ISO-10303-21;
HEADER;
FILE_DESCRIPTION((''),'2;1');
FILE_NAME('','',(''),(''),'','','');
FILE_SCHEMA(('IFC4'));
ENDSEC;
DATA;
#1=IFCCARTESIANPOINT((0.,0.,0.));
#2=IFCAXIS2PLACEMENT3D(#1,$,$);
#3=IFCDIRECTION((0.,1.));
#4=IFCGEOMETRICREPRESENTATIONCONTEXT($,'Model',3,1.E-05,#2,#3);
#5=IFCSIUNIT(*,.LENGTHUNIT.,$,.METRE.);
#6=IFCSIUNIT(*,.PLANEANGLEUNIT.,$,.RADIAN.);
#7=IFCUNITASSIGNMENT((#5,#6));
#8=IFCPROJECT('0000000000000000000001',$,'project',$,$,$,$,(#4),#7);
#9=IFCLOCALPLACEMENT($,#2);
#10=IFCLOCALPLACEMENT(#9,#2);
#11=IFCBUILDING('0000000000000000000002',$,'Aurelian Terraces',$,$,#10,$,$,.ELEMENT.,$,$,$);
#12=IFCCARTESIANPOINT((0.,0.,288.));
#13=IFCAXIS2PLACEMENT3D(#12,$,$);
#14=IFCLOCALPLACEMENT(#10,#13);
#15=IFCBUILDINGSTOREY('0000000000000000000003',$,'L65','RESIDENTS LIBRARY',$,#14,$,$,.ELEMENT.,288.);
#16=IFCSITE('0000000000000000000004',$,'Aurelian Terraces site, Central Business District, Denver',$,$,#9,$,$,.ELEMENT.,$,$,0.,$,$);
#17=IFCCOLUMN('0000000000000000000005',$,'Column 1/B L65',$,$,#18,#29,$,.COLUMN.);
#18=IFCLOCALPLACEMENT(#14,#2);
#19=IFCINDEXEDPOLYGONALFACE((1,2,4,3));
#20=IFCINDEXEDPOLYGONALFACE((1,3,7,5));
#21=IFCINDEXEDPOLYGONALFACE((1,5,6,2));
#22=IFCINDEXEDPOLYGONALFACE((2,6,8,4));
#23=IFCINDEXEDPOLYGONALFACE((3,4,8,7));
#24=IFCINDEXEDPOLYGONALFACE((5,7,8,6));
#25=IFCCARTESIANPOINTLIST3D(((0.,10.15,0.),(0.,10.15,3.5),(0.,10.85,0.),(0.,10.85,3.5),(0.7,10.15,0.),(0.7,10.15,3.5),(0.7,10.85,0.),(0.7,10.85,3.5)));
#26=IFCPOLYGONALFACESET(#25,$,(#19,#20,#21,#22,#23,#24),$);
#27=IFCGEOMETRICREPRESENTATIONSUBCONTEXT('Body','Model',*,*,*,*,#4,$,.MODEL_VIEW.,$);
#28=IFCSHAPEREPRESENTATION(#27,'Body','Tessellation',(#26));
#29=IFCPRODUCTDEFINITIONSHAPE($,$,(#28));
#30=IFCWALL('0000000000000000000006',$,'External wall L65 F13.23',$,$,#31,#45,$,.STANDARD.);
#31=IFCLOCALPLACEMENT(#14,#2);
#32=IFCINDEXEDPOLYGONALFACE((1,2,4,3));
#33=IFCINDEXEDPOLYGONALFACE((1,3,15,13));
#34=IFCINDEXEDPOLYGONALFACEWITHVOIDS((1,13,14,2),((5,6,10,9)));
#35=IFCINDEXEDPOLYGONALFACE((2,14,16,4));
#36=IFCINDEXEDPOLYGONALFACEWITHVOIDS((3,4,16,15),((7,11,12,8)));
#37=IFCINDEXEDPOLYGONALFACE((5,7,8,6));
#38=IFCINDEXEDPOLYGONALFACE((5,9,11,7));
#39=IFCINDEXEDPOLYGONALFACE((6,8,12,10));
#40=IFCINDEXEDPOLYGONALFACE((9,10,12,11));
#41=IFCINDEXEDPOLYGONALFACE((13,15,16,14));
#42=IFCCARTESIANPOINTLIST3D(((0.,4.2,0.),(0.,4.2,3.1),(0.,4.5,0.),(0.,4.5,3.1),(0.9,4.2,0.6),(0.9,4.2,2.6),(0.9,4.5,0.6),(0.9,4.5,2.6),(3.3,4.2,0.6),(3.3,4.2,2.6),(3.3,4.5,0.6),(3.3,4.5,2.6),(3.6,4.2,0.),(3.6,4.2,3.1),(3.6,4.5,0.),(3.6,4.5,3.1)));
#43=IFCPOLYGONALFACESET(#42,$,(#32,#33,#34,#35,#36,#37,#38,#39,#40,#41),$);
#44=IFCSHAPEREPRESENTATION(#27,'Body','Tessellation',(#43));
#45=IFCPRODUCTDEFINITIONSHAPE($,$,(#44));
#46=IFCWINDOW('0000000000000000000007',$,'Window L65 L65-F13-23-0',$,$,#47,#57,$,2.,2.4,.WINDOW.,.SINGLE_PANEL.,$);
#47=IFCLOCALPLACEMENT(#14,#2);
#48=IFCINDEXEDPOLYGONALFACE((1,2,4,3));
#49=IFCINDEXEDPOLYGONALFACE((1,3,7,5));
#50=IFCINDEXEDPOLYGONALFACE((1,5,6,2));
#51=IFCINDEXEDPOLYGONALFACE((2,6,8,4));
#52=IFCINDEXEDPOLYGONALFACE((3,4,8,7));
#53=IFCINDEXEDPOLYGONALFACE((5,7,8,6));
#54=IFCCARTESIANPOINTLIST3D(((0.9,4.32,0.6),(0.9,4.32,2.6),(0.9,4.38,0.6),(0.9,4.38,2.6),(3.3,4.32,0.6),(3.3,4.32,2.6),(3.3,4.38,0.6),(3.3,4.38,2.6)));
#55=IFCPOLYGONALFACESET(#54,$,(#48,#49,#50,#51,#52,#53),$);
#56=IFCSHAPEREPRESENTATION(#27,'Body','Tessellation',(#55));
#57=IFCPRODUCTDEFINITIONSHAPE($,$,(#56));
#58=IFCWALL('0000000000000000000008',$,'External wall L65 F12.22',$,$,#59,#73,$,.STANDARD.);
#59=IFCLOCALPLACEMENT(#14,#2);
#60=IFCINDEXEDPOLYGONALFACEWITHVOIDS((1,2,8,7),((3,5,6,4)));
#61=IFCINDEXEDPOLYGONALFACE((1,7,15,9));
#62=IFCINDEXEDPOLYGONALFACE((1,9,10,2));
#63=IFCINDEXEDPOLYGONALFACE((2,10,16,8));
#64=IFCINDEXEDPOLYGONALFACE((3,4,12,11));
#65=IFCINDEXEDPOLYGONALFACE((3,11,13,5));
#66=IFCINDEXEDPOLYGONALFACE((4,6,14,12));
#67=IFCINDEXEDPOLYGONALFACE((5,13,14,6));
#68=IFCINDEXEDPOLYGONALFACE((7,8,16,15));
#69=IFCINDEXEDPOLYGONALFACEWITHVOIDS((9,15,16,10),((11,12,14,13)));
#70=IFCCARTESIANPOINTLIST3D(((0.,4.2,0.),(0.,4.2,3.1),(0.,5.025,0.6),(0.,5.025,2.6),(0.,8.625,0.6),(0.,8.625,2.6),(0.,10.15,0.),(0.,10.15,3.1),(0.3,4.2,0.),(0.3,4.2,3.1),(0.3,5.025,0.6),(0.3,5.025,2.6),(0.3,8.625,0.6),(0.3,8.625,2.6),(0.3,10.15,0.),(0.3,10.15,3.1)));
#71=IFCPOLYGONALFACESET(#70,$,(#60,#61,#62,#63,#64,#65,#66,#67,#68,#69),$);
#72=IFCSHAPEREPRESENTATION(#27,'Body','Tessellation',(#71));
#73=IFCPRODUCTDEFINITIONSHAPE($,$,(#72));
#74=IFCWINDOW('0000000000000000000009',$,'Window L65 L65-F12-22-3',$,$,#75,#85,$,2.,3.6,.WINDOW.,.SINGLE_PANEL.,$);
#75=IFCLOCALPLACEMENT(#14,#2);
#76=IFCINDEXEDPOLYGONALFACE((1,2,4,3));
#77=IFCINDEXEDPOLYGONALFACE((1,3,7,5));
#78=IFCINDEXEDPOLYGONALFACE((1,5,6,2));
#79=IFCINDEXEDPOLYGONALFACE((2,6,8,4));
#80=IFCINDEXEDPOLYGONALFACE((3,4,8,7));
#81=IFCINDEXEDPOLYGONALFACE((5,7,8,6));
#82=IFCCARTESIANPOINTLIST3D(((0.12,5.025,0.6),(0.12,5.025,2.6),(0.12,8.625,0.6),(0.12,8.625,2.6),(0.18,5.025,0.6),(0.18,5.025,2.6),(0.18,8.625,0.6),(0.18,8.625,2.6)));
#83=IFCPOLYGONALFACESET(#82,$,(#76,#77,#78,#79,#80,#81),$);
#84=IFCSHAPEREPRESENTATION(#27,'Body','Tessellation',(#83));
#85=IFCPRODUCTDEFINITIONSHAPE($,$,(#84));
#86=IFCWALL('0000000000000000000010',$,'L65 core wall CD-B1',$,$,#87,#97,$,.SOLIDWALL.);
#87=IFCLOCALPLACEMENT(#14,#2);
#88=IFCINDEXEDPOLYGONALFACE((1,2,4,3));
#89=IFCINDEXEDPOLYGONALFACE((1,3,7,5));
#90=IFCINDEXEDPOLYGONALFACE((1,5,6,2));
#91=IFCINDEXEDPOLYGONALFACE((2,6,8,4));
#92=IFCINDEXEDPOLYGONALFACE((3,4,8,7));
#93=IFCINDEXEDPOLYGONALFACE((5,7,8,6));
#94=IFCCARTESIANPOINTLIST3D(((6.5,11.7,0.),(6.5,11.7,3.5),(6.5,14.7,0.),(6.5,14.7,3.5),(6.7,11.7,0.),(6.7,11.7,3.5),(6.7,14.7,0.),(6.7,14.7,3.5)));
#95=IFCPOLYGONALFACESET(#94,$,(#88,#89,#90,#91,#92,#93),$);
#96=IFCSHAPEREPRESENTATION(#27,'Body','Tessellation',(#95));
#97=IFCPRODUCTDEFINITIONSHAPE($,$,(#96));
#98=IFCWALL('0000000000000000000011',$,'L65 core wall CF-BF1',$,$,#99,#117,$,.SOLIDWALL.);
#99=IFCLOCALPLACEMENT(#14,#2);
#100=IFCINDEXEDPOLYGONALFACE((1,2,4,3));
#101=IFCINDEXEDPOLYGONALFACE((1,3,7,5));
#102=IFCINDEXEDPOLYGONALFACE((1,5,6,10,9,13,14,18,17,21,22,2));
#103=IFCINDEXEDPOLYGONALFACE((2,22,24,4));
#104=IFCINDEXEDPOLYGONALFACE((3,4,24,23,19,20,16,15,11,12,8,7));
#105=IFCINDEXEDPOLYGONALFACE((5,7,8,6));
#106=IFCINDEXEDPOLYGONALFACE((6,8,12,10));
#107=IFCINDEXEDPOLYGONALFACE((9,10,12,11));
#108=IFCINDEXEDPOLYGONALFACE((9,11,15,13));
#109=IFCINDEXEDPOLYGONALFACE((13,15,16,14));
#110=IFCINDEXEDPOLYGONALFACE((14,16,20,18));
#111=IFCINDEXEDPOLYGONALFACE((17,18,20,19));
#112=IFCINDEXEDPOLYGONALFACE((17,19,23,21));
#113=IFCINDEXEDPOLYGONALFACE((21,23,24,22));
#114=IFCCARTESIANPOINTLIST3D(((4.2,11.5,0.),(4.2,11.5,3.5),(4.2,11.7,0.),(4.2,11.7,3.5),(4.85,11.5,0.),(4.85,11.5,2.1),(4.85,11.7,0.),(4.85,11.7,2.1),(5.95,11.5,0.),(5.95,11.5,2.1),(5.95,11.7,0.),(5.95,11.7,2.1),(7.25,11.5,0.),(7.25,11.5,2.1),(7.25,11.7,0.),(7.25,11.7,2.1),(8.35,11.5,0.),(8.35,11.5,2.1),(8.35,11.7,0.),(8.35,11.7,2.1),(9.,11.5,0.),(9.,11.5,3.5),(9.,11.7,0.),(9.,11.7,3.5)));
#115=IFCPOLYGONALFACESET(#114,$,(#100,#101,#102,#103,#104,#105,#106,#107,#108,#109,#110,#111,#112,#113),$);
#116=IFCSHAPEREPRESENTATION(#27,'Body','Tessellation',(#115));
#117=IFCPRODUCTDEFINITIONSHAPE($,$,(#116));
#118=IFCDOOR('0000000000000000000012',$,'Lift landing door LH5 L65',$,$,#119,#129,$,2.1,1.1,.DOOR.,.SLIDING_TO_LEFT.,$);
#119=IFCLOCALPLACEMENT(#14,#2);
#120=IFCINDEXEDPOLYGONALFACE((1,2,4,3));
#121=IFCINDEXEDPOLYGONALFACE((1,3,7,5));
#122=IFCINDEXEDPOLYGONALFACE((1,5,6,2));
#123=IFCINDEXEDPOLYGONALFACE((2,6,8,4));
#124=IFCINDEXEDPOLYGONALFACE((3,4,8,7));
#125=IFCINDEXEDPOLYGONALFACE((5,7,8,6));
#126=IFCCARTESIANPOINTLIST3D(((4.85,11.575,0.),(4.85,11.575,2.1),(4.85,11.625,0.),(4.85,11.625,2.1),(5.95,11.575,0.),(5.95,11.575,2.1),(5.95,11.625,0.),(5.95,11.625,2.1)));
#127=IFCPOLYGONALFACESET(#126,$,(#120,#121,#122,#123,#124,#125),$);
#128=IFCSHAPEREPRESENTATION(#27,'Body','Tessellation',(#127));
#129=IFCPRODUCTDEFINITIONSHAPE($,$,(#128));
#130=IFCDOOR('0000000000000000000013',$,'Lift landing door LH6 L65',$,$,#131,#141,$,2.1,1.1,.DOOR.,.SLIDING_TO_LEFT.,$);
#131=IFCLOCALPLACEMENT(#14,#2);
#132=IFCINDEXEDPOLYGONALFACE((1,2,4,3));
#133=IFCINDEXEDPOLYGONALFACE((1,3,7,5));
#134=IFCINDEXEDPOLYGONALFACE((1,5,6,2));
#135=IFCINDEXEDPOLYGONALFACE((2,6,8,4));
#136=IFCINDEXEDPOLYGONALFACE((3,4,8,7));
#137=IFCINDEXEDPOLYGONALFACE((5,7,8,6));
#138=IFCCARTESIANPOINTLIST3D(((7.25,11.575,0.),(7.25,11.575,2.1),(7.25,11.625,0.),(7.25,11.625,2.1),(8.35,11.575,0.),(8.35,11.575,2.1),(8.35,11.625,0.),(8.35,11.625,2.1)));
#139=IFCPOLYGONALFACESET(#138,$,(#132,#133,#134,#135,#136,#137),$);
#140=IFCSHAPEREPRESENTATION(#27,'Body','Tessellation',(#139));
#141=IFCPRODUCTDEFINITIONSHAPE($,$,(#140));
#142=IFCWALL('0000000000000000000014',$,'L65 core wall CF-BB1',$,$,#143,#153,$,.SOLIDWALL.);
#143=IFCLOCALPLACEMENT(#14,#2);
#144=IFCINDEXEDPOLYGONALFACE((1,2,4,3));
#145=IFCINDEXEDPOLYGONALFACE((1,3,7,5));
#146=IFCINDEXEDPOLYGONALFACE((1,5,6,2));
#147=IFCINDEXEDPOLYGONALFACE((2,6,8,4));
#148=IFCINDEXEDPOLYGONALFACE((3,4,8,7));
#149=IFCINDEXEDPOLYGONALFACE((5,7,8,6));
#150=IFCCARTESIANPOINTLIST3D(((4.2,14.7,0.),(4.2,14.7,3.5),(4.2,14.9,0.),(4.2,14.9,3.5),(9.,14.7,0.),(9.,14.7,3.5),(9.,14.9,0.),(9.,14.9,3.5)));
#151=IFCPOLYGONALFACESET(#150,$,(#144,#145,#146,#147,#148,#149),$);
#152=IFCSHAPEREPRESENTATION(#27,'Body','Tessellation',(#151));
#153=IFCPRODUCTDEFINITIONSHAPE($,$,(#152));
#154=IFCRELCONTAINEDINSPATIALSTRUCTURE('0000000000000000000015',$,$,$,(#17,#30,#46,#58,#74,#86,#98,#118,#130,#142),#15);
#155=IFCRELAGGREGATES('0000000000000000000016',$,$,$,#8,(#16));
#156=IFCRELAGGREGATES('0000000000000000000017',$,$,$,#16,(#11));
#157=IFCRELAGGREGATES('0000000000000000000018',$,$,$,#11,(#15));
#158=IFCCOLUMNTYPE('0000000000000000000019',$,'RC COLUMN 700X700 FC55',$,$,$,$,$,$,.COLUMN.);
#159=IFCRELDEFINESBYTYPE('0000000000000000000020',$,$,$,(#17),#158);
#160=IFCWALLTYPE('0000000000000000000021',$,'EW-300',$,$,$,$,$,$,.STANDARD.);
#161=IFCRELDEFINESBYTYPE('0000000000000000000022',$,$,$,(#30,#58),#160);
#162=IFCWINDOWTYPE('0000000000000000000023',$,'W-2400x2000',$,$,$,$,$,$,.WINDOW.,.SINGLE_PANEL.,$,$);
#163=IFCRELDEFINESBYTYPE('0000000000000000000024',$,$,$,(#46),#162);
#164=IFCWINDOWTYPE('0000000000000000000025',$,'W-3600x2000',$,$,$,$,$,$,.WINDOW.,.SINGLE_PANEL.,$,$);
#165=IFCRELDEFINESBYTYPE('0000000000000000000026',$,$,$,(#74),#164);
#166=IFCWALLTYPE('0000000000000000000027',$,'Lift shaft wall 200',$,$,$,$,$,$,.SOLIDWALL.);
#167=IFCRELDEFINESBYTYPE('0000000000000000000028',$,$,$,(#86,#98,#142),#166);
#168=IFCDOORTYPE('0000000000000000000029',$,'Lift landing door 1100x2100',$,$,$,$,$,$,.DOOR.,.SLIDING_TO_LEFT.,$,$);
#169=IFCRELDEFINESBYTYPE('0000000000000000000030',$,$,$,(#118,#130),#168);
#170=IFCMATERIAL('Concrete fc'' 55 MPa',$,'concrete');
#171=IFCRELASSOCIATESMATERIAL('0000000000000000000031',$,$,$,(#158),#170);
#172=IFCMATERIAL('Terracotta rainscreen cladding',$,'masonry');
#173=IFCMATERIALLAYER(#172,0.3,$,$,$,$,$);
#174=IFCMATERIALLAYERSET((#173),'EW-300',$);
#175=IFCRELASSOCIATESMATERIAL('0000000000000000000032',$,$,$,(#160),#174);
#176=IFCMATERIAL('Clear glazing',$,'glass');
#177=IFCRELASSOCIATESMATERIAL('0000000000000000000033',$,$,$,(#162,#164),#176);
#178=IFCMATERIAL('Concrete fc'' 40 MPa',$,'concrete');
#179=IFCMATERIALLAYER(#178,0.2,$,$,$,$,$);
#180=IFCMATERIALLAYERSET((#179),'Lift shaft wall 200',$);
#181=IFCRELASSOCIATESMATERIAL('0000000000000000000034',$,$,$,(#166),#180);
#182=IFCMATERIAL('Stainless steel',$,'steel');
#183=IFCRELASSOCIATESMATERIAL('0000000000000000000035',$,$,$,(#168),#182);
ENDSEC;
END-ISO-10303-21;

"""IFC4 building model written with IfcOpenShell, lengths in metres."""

from ifc_helpers import new_model, si_unit, direction, frame, frame_2d, origin, origin_2d, place, context, subcontext, project, spatial, rectangle, extrude, source, transform, mapped, material, layer, layer_set, material_profile, profile_set, type_object, element, fill, save


model = new_model("IFC4")

# Units and contexts
model_context = context("Model", 3, precision=1e-05, world=origin(), true_north=direction((0.0, 1.0)))
body_context = subcontext(model_context, "Body", "Model", "MODEL_VIEW")
ifc_project = project(units=[si_unit("LENGTHUNIT", "METRE"), si_unit("PLANEANGLEUNIT", "RADIAN")], contexts=[model_context])

# Site, building, storey
site_placement = place(None, origin())
site = spatial("IfcSite", under=ifc_project, at=site_placement, Name="Aurelian Terraces site, Central Business District, Denver", CompositionType="ELEMENT", RefElevation=0.0)
building_placement = place(site_placement, origin())
building = spatial("IfcBuilding", under=site, at=building_placement, Name="Aurelian Terraces", CompositionType="ELEMENT")
storey_placement = place(building_placement, frame((0.0, 0.0, 288.0)))
storey = spatial("IfcBuildingStorey", under=building, at=storey_placement, Name="L65", Description="RESIDENTS LIBRARY", CompositionType="ELEMENT", Elevation=288.0)

# Column
ifc_material_1 = material(Name="Concrete fc' 55 MPa", Category="concrete")
ifc_material_profile = material_profile(ifc_material_1, rectangle(XDim=0.7, YDim=0.7, at=origin_2d()))
ifc_profile_set = profile_set([ifc_material_profile], Name="Concrete fc' 55 MPa")
column_type = type_object("IfcColumnType", Name="RC COLUMN 700X700 FC55", PredefinedType="COLUMN", material=ifc_profile_set)
shared_shape_1 = source(origin(), body_context, "Body", "SweptSolid", [
    extrude(rectangle(XDim=0.7, YDim=0.7, at=origin_2d()), origin(), (0.0, 0.0, 1.0), 3.5),
])
column_placement = place(storey_placement, frame((0.35, 10.5, 0.0), z_axis=(0.0, 0.0, 1.0), x_axis=(1.0, 0.0, 0.0)))
element("IfcColumn", 1, at=column_placement, inside=storey, type_object=column_type, Name="Column 1/B L65", PredefinedType="COLUMN", context=body_context, shape_type="MappedRepresentation", body=[
    mapped(shared_shape_1, transform((0.0, 0.0, 0.0), scale=1.0)),
])

# Walls, openings, windows
ifc_material_2 = material(Name="Terracotta rainscreen cladding", Category="masonry")
ifc_layer_1 = layer(ifc_material_2, 0.3)
ifc_layer_set_1 = layer_set([ifc_layer_1], Name="EW-300")
wall_type_1 = type_object("IfcWallType", Name="EW-300", PredefinedType="STANDARD", material=ifc_layer_set_1)
shared_shape_2 = source(origin(), body_context, "Body", "SweptSolid", [
    extrude(rectangle(XDim=3.6, YDim=0.3, at=frame_2d((1.8, 0.0))), origin(), (0.0, 0.0, 1.0), 3.1),
])
wall_1_placement = place(storey_placement, frame((0.0, 4.35, 0.0), z_axis=(0.0, 0.0, 1.0), x_axis=(1.0, 0.0, 0.0)))
wall_1 = element("IfcWall", 2, at=wall_1_placement, inside=storey, type_object=wall_type_1, Name="External wall L65 F13.23", PredefinedType="STANDARD", context=body_context, shape_type="MappedRepresentation", body=[
    mapped(shared_shape_2, transform((0.0, 0.0, 0.0), scale=1.0)),
])
shared_shape_3 = source(origin(), body_context, "Body", "SweptSolid", [
    extrude(rectangle(XDim=2.4, YDim=2.0, at=frame_2d((1.2, 1.0))), frame((0.0, 0.16, 0.0), z_axis=(0.0, -1.0, 0.0), x_axis=(1.0, 0.0, 0.0)), (0.0, 0.0, 1.0), 0.32),
])
opening_1_placement = place(wall_1_placement, frame((0.9, 0.0, 0.6)))
opening_1 = element("IfcOpeningElement", 3, at=opening_1_placement, cuts=wall_1, PredefinedType="OPENING", context=body_context, shape_type="MappedRepresentation", body=[
    mapped(shared_shape_3, transform((0.0, 0.0, 0.0), scale=1.0)),
])
ifc_material_3 = material(Name="Clear glazing", Category="glass")
window_type_1 = type_object("IfcWindowType", Name="W-2400x2000", PartitioningType="SINGLE_PANEL", PredefinedType="WINDOW", material=ifc_material_3)
shared_shape_4 = source(origin(), body_context, "Body", "SweptSolid", [
    extrude(rectangle(XDim=2.4, YDim=2.0, at=frame_2d((1.2, 1.0))), frame((0.0, 0.03, 0.0), z_axis=(0.0, -1.0, 0.0), x_axis=(1.0, 0.0, 0.0)), (0.0, 0.0, 1.0), 0.06),
])
window_1_placement = place(opening_1_placement, origin())
window_1 = element("IfcWindow", 4, at=window_1_placement, inside=storey, type_object=window_type_1, Name="Window L65 L65-F13-23-0", OverallHeight=2.0, OverallWidth=2.4, PartitioningType="SINGLE_PANEL", PredefinedType="WINDOW", context=body_context, shape_type="MappedRepresentation", body=[
    mapped(shared_shape_4, transform((0.0, 0.0, 0.0), scale=1.0)),
])
fill(opening_1, window_1)
shared_shape_5 = source(origin(), body_context, "Body", "SweptSolid", [
    extrude(rectangle(XDim=5.95, YDim=0.3, at=frame_2d((2.975, 0.0))), origin(), (0.0, 0.0, 1.0), 3.1),
])
wall_2_placement = place(storey_placement, frame((0.15, 10.15, 0.0), z_axis=(0.0, 0.0, 1.0), x_axis=(0.0, -1.0, 0.0)))
wall_2 = element("IfcWall", 5, at=wall_2_placement, inside=storey, type_object=wall_type_1, Name="External wall L65 F12.22", PredefinedType="STANDARD", context=body_context, shape_type="MappedRepresentation", body=[
    mapped(shared_shape_5, transform((0.0, 0.0, 0.0), scale=1.0)),
])
shared_shape_6 = source(origin(), body_context, "Body", "SweptSolid", [
    extrude(rectangle(XDim=3.6, YDim=2.0, at=frame_2d((1.8, 1.0))), frame((0.0, 0.16, 0.0), z_axis=(0.0, -1.0, 0.0), x_axis=(1.0, 0.0, 0.0)), (0.0, 0.0, 1.0), 0.32),
])
opening_2_placement = place(wall_2_placement, frame((1.525, 0.0, 0.6)))
opening_2 = element("IfcOpeningElement", 6, at=opening_2_placement, cuts=wall_2, PredefinedType="OPENING", context=body_context, shape_type="MappedRepresentation", body=[
    mapped(shared_shape_6, transform((0.0, 0.0, 0.0), scale=1.0)),
])
window_type_2 = type_object("IfcWindowType", Name="W-3600x2000", PartitioningType="SINGLE_PANEL", PredefinedType="WINDOW", material=ifc_material_3)
shared_shape_7 = source(origin(), body_context, "Body", "SweptSolid", [
    extrude(rectangle(XDim=3.6, YDim=2.0, at=frame_2d((1.8, 1.0))), frame((0.0, 0.03, 0.0), z_axis=(0.0, -1.0, 0.0), x_axis=(1.0, 0.0, 0.0)), (0.0, 0.0, 1.0), 0.06),
])
window_2_placement = place(opening_2_placement, origin())
window_2 = element("IfcWindow", 7, at=window_2_placement, inside=storey, type_object=window_type_2, Name="Window L65 L65-F12-22-3", OverallHeight=2.0, OverallWidth=3.6, PartitioningType="SINGLE_PANEL", PredefinedType="WINDOW", context=body_context, shape_type="MappedRepresentation", body=[
    mapped(shared_shape_7, transform((0.0, 0.0, 0.0), scale=1.0)),
])
fill(opening_2, window_2)

# Wall
ifc_material_4 = material(Name="Concrete fc' 40 MPa", Category="concrete")
ifc_layer_2 = layer(ifc_material_4, 0.2)
ifc_layer_set_2 = layer_set([ifc_layer_2], Name="Lift shaft wall 200")
wall_type_2 = type_object("IfcWallType", Name="Lift shaft wall 200", PredefinedType="SOLIDWALL", material=ifc_layer_set_2)
shared_shape_8 = source(origin(), body_context, "Body", "SweptSolid", [
    extrude(rectangle(XDim=3.0, YDim=0.2, at=frame_2d((1.5, 0.0))), origin(), (0.0, 0.0, 1.0), 3.5),
])
wall_3_placement = place(storey_placement, frame((6.6, 11.7, 0.0), z_axis=(0.0, 0.0, 1.0), x_axis=(0.0, 1.0, 0.0)))
element("IfcWall", 8, at=wall_3_placement, inside=storey, type_object=wall_type_2, Name="L65 core wall CD-B1", PredefinedType="SOLIDWALL", context=body_context, shape_type="MappedRepresentation", body=[
    mapped(shared_shape_8, transform((0.0, 0.0, 0.0), scale=1.0)),
])

# Wall, openings, doors
shared_shape_9 = source(origin(), body_context, "Body", "SweptSolid", [
    extrude(rectangle(XDim=4.8, YDim=0.2, at=frame_2d((2.4, 0.0))), origin(), (0.0, 0.0, 1.0), 3.5),
])
wall_4_placement = place(storey_placement, frame((4.2, 11.6, 0.0), z_axis=(0.0, 0.0, 1.0), x_axis=(1.0, 0.0, 0.0)))
wall_4 = element("IfcWall", 9, at=wall_4_placement, inside=storey, type_object=wall_type_2, Name="L65 core wall CF-BF1", PredefinedType="SOLIDWALL", context=body_context, shape_type="MappedRepresentation", body=[
    mapped(shared_shape_9, transform((0.0, 0.0, 0.0), scale=1.0)),
])
shared_shape_10 = source(origin(), body_context, "Body", "SweptSolid", [
    extrude(rectangle(XDim=1.1, YDim=2.1, at=frame_2d((0.55, 1.05))), frame((0.0, 0.11, 0.0), z_axis=(0.0, -1.0, 0.0), x_axis=(1.0, 0.0, 0.0)), (0.0, 0.0, 1.0), 0.22),
])
opening_3_placement = place(wall_4_placement, frame((0.65, 0.0, 0.0)))
opening_3 = element("IfcOpeningElement", 10, at=opening_3_placement, cuts=wall_4, PredefinedType="OPENING", context=body_context, shape_type="MappedRepresentation", body=[
    mapped(shared_shape_10, transform((0.0, 0.0, 0.0), scale=1.0)),
])
opening_4_placement = place(wall_4_placement, frame((3.05, 0.0, 0.0)))
opening_4 = element("IfcOpeningElement", 11, at=opening_4_placement, cuts=wall_4, PredefinedType="OPENING", context=body_context, shape_type="MappedRepresentation", body=[
    mapped(shared_shape_10, transform((0.0, 0.0, 0.0), scale=1.0)),
])
ifc_material_5 = material(Name="Stainless steel", Category="steel")
door_type_1 = type_object("IfcDoorType", Name="Lift landing door 1100x2100", OperationType="SLIDING_TO_LEFT", PredefinedType="DOOR", material=ifc_material_5)
shared_shape_11 = source(origin(), body_context, "Body", "SweptSolid", [
    extrude(rectangle(XDim=1.1, YDim=2.1, at=frame_2d((0.55, 1.05))), frame((0.0, 0.025, 0.0), z_axis=(0.0, -1.0, 0.0), x_axis=(1.0, 0.0, 0.0)), (0.0, 0.0, 1.0), 0.05),
])
door_1_placement = place(opening_3_placement, origin())
door_1 = element("IfcDoor", 12, at=door_1_placement, inside=storey, type_object=door_type_1, Name="Lift landing door LH5 L65", OperationType="SLIDING_TO_LEFT", OverallHeight=2.1, OverallWidth=1.1, PredefinedType="DOOR", context=body_context, shape_type="MappedRepresentation", body=[
    mapped(shared_shape_11, transform((0.0, 0.0, 0.0), scale=1.0)),
])
fill(opening_3, door_1)
door_2_placement = place(opening_4_placement, origin())
door_2 = element("IfcDoor", 13, at=door_2_placement, inside=storey, type_object=door_type_1, Name="Lift landing door LH6 L65", OperationType="SLIDING_TO_LEFT", OverallHeight=2.1, OverallWidth=1.1, PredefinedType="DOOR", context=body_context, shape_type="MappedRepresentation", body=[
    mapped(shared_shape_11, transform((0.0, 0.0, 0.0), scale=1.0)),
])
fill(opening_4, door_2)

# Wall
wall_5_placement = place(storey_placement, frame((4.2, 14.8, 0.0), z_axis=(0.0, 0.0, 1.0), x_axis=(1.0, 0.0, 0.0)))
element("IfcWall", 14, at=wall_5_placement, inside=storey, type_object=wall_type_2, Name="L65 core wall CF-BB1", PredefinedType="SOLIDWALL", context=body_context, shape_type="MappedRepresentation", body=[
    mapped(shared_shape_9, transform((0.0, 0.0, 0.0), scale=1.0)),
])

save(model, "model.ifc")
